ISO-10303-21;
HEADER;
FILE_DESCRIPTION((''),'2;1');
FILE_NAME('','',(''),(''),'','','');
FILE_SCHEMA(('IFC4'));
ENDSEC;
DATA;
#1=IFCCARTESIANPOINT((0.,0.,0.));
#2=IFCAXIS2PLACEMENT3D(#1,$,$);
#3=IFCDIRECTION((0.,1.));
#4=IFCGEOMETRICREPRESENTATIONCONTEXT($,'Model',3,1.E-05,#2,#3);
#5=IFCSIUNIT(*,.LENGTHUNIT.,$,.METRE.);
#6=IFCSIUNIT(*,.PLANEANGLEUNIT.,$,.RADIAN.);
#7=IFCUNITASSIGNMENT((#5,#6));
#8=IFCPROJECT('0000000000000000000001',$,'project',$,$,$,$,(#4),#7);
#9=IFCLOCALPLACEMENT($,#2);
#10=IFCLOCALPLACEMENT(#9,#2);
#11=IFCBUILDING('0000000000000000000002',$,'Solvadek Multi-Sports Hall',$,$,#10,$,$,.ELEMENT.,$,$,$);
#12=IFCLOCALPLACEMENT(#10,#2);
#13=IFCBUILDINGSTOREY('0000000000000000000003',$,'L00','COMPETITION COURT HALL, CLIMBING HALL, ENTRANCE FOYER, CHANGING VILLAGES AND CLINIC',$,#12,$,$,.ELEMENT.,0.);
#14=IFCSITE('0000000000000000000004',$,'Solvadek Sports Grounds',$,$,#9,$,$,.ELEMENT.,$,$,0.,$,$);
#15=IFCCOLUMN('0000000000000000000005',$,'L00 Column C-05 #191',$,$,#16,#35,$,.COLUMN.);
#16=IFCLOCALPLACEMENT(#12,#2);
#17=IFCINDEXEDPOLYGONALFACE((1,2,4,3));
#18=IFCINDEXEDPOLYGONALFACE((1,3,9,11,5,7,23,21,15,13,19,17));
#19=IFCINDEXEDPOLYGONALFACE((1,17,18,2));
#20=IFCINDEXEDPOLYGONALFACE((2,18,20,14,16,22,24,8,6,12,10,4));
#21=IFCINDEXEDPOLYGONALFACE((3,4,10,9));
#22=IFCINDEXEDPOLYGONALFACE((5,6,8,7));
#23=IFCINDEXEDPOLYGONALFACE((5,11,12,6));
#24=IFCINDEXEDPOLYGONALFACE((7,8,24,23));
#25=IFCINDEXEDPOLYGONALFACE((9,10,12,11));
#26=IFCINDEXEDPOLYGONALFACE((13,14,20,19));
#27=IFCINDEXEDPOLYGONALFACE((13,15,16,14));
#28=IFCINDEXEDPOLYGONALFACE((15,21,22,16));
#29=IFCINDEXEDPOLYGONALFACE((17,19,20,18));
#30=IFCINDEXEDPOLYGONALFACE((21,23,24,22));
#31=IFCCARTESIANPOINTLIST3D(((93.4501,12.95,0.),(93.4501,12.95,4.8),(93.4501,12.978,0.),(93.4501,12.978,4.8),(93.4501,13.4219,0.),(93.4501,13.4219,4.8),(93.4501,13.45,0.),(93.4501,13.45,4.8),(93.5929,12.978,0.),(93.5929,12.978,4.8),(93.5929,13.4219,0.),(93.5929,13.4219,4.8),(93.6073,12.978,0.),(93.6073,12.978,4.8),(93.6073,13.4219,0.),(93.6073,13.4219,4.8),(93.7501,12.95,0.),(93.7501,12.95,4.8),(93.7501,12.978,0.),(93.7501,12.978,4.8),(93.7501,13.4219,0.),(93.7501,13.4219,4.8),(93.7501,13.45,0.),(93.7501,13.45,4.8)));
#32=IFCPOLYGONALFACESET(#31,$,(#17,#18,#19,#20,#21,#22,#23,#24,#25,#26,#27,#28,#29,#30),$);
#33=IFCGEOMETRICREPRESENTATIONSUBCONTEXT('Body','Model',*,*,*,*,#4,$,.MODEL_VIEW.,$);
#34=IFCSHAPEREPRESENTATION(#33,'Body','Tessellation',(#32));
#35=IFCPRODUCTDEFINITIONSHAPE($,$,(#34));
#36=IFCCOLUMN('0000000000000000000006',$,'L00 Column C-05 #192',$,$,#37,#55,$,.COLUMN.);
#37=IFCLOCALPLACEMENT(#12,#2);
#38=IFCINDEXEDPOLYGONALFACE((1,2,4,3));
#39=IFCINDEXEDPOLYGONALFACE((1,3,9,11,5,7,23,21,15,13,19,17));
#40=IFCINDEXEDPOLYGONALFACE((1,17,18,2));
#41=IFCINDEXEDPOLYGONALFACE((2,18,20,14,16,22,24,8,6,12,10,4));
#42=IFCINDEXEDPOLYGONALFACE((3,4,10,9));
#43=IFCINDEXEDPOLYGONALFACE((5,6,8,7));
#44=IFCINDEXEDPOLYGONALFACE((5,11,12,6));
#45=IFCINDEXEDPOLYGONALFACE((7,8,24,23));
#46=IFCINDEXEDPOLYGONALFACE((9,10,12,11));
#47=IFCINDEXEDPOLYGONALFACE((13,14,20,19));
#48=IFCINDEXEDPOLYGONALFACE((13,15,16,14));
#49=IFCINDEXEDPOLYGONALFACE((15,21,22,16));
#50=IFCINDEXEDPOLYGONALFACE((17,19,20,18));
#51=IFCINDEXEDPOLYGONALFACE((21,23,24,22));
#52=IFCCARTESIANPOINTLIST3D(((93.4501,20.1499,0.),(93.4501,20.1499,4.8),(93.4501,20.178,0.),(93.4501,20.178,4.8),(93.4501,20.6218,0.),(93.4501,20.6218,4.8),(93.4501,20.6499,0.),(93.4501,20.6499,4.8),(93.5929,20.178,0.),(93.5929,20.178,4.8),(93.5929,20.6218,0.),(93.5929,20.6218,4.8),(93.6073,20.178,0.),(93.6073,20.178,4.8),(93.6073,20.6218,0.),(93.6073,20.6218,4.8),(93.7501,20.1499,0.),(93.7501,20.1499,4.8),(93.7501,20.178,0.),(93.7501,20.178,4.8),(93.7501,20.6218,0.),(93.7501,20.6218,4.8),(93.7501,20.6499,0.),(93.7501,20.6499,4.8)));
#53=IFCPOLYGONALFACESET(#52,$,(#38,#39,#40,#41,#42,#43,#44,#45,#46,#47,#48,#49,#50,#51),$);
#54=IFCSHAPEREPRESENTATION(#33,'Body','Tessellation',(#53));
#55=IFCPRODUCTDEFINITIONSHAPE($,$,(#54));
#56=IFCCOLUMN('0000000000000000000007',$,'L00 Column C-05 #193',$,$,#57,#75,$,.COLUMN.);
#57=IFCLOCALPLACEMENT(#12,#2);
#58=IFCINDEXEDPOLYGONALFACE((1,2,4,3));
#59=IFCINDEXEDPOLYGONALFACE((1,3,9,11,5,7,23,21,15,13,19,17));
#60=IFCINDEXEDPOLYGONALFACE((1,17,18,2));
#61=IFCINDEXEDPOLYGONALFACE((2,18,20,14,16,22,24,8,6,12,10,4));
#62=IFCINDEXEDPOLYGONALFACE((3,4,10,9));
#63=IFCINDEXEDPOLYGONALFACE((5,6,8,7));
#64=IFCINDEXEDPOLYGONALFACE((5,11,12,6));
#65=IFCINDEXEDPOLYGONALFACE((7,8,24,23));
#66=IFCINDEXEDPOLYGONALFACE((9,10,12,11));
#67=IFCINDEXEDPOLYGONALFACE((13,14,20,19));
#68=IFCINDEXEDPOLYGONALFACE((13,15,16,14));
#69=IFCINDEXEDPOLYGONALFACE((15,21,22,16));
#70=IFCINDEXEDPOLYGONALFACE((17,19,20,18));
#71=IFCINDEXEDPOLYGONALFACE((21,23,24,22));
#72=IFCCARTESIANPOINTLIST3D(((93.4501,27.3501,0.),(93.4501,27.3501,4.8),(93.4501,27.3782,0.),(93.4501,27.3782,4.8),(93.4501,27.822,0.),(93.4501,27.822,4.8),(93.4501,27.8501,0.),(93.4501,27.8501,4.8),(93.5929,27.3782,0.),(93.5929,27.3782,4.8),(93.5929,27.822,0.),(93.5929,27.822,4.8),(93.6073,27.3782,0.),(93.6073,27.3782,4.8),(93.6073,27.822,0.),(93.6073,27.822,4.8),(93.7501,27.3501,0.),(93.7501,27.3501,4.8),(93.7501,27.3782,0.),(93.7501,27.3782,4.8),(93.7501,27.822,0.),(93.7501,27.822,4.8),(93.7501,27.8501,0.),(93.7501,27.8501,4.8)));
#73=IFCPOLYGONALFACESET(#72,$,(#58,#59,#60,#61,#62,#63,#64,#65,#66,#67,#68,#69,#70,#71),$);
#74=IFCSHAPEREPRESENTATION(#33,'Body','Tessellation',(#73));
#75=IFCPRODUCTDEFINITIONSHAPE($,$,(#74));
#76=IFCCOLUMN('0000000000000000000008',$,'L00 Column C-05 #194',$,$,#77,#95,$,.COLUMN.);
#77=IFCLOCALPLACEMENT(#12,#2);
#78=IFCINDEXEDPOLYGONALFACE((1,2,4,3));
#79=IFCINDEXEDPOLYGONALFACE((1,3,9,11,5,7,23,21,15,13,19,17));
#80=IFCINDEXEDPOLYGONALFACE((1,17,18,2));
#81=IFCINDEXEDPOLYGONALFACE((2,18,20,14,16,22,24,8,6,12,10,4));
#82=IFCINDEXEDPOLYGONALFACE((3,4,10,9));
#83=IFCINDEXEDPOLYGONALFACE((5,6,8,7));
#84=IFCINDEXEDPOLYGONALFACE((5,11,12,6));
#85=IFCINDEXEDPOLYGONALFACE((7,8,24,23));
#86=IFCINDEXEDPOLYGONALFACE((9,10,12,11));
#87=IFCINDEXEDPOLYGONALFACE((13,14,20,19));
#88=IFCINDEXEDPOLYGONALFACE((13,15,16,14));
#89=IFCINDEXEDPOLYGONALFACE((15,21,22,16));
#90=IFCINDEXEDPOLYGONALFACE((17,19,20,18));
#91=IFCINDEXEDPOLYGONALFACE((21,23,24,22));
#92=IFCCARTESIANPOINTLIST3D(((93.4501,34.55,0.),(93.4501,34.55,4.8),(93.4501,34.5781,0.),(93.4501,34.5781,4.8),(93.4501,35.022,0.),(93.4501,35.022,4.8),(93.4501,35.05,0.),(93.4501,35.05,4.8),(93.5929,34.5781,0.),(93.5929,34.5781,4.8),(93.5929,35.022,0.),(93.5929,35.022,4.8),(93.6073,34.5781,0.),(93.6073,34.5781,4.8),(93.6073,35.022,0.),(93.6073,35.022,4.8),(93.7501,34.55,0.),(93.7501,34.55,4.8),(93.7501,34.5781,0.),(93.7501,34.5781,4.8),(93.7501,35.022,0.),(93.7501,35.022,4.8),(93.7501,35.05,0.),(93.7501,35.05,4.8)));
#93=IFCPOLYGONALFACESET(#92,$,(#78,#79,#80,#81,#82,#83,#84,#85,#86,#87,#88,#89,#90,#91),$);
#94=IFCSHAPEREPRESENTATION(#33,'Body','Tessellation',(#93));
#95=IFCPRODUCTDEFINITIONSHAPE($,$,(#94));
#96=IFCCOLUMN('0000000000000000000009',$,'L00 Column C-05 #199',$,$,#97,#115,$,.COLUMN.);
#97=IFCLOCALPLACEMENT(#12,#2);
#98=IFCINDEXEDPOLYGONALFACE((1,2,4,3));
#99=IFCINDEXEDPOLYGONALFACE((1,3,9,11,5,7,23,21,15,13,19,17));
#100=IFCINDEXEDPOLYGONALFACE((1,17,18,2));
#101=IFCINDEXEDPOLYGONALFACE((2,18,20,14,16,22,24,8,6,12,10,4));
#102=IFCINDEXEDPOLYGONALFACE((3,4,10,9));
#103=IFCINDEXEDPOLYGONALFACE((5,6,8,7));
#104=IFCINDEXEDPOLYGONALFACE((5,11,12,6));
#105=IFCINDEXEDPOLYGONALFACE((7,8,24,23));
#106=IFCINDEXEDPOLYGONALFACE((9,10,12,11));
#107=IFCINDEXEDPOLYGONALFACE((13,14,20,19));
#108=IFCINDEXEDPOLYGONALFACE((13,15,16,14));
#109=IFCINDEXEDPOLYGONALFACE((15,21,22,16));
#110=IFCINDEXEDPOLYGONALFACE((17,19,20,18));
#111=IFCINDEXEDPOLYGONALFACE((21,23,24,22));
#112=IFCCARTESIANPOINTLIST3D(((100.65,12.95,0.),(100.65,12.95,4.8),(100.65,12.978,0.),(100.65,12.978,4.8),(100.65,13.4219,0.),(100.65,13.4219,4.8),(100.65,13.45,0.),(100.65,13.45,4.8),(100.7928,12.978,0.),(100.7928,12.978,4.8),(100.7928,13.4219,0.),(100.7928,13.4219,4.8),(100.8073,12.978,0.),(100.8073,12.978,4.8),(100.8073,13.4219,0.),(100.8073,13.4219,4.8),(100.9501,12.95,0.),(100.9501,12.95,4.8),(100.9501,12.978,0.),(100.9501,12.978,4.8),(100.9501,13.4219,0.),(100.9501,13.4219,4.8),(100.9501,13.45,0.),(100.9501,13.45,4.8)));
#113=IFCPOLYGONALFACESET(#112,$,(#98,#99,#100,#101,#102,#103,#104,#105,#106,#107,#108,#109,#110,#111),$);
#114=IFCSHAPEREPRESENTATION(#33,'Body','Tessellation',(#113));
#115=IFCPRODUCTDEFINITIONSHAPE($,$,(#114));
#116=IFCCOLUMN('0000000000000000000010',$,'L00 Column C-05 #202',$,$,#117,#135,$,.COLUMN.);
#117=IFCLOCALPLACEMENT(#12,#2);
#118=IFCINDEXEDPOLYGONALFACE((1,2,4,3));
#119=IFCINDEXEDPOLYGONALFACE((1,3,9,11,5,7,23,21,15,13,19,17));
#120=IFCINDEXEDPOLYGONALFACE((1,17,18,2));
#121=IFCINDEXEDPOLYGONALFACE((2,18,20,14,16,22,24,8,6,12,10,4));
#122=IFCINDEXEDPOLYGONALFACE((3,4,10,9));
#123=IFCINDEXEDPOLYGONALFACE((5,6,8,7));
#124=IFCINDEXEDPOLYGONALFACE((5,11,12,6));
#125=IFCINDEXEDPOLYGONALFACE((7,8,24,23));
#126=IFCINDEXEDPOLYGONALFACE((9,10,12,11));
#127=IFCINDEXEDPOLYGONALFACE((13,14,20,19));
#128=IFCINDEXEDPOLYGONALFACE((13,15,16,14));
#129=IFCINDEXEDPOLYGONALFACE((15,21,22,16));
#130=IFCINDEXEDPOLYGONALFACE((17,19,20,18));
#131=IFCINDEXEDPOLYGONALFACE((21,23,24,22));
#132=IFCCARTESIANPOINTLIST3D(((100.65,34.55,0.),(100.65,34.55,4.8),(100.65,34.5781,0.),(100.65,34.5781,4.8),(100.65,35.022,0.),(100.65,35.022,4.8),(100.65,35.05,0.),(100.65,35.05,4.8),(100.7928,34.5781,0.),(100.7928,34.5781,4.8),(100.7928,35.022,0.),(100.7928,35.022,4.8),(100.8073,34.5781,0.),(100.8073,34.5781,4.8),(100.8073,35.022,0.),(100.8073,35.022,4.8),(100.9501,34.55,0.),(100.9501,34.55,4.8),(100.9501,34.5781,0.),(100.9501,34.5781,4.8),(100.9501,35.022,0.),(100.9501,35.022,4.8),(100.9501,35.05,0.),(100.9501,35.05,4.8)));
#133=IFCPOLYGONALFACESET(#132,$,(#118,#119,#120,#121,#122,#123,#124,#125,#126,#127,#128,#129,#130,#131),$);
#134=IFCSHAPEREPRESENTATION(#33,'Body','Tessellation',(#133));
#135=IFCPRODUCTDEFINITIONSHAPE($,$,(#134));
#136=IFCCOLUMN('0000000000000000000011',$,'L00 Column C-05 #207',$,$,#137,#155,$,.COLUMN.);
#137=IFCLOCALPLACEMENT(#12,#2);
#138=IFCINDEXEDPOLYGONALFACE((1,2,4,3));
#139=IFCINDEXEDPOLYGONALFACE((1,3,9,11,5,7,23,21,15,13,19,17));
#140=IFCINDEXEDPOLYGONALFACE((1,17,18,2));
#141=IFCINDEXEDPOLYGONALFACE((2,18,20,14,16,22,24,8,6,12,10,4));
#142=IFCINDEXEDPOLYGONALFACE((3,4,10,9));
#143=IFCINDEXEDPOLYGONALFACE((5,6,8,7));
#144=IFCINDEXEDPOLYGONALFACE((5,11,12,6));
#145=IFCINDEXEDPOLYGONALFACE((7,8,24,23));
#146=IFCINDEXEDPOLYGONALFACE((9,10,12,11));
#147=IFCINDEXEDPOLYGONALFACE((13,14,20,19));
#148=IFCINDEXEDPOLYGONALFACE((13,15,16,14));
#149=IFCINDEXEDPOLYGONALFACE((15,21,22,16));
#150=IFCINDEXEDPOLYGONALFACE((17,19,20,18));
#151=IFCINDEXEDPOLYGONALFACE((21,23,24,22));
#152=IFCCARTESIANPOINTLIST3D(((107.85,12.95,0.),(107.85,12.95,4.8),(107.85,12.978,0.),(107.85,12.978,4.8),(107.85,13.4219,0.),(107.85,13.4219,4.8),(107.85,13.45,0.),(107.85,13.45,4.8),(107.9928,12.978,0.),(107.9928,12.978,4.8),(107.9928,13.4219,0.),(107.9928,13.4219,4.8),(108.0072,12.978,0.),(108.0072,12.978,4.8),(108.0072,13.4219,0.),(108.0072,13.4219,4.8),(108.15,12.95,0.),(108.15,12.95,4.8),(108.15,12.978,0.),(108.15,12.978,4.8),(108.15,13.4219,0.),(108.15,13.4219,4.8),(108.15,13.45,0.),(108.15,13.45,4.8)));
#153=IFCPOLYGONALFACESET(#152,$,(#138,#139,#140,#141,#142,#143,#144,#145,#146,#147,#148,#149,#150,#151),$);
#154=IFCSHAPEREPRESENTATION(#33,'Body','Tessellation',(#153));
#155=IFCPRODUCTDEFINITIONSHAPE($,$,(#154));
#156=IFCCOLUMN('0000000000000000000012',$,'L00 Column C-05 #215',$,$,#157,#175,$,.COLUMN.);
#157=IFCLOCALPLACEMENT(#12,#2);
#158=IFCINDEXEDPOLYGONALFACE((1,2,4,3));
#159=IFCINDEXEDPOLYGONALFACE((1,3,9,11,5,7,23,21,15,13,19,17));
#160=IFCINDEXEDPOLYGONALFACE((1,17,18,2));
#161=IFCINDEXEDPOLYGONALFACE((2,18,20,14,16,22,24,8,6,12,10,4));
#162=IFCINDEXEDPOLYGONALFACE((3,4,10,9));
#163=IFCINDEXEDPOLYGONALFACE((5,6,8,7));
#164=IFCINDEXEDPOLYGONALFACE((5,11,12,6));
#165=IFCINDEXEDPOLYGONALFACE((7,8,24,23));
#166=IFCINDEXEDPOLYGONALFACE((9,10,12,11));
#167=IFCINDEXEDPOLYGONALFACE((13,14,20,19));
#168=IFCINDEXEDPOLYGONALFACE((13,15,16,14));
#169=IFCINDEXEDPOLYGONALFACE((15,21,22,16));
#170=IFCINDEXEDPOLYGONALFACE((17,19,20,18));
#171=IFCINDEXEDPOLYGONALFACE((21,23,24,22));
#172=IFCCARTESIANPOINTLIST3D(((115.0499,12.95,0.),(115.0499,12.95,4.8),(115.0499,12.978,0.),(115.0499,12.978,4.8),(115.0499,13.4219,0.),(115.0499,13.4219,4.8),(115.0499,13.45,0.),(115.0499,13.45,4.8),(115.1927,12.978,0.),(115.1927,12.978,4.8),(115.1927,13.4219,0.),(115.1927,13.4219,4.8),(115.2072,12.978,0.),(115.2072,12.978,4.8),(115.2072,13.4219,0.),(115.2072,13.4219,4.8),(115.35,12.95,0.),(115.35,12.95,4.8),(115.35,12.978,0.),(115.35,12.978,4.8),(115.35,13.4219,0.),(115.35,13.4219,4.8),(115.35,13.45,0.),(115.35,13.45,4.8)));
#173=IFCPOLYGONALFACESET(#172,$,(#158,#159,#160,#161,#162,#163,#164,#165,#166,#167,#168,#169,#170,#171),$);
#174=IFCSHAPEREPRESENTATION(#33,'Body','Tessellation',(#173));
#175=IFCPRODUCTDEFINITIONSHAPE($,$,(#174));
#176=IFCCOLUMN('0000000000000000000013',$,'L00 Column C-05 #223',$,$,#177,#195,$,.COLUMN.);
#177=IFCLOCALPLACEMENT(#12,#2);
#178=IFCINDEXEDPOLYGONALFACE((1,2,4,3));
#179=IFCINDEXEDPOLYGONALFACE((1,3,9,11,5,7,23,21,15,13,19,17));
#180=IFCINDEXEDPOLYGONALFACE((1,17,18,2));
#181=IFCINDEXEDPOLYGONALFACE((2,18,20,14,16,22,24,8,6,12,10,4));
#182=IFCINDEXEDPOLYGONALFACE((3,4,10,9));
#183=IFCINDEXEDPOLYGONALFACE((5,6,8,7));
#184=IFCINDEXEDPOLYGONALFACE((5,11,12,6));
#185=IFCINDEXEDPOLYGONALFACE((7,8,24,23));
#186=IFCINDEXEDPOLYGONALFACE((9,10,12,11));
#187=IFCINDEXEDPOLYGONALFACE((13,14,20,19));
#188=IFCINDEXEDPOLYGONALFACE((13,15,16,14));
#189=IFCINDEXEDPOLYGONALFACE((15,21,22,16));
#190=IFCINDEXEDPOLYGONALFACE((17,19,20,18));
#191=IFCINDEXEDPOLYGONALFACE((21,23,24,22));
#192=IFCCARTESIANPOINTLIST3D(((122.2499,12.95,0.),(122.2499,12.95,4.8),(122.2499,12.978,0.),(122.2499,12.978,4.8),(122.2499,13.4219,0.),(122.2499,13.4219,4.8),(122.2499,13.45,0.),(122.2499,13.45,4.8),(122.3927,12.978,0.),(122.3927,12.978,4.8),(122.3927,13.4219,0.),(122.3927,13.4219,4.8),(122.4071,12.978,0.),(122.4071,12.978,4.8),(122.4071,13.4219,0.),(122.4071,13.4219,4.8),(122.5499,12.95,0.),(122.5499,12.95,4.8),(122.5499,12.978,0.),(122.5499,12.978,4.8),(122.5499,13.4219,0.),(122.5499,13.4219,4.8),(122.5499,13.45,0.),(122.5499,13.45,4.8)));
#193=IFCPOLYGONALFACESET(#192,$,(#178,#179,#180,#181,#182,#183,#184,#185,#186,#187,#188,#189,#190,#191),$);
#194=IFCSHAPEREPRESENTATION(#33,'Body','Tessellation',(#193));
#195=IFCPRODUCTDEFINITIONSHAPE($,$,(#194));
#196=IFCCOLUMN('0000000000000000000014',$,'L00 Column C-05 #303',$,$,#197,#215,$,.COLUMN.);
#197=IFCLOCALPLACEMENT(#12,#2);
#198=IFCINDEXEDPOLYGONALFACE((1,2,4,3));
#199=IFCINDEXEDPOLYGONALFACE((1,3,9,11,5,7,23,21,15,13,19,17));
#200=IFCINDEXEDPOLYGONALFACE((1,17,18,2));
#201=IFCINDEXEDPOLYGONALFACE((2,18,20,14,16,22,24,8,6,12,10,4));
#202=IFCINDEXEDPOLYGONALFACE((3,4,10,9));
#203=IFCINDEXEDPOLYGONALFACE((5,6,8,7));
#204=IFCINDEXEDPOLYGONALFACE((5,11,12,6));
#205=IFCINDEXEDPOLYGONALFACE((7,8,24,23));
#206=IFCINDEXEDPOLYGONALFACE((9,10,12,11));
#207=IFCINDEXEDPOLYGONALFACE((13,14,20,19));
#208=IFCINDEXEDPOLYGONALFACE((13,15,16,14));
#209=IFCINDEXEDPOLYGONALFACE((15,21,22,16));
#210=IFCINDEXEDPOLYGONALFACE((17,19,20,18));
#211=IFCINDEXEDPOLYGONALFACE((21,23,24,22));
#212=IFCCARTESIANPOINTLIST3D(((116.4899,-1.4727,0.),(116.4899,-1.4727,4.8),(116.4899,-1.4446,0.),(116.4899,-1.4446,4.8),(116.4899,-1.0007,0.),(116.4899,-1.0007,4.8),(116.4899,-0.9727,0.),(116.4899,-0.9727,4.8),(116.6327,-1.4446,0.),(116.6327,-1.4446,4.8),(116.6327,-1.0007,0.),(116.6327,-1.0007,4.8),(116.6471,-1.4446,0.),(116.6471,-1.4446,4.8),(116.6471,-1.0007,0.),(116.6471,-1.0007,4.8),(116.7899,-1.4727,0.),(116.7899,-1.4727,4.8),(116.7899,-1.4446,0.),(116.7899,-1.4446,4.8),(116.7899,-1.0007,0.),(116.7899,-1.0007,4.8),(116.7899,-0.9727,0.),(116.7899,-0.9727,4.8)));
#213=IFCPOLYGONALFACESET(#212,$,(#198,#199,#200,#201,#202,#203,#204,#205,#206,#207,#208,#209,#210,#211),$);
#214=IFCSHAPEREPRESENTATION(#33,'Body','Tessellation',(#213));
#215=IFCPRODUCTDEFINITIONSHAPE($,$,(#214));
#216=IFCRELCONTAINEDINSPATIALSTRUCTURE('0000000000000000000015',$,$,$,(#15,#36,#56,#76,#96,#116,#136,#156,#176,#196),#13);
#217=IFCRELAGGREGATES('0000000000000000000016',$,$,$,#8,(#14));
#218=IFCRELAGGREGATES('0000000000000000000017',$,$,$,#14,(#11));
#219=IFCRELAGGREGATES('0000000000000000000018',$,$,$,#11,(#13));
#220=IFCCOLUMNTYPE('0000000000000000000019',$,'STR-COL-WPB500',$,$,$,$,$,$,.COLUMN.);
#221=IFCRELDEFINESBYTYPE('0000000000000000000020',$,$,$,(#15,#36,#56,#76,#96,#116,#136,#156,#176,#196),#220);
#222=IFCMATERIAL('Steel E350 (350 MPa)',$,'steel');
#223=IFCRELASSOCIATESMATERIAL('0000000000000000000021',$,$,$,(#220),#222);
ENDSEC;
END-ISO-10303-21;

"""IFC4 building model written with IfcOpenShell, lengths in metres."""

from ifc_helpers import new_model, si_unit, direction, frame, origin, origin_2d, place, context, subcontext, project, spatial, i_section, extrude, material, material_profile, profile_set, type_object, element, save


model = new_model("IFC4")

# Units and contexts
model_context = context("Model", 3, precision=1e-05, world=origin(), true_north=direction((0.0, 1.0)))
body_context = subcontext(model_context, "Body", "Model", "MODEL_VIEW")
ifc_project = project(units=[si_unit("LENGTHUNIT", "METRE"), si_unit("PLANEANGLEUNIT", "RADIAN")], contexts=[model_context])

# Site, building, storey
site_placement = place(None, origin())
site = spatial("IfcSite", under=ifc_project, at=site_placement, Name="Solvadek Sports Grounds", CompositionType="ELEMENT", RefElevation=0.0)
building_placement = place(site_placement, origin())
building = spatial("IfcBuilding", under=site, at=building_placement, Name="Solvadek Multi-Sports Hall", CompositionType="ELEMENT")
storey_placement = place(building_placement, origin())
storey = spatial("IfcBuildingStorey", under=building, at=storey_placement, Name="L00", Description="COMPETITION COURT HALL, CLIMBING HALL, ENTRANCE FOYER, CHANGING VILLAGES AND CLINIC", CompositionType="ELEMENT", Elevation=0.0)

# Columns
ifc_material_1 = material(Name="Steel E350 (350 MPa)", Category="steel")
ifc_material_profile_1 = material_profile(ifc_material_1, i_section(OverallWidth=0.3, OverallDepth=0.5, WebThickness=0.0144, FlangeThickness=0.0281, at=origin_2d()), Name="WPB 500")
ifc_profile_set_1 = profile_set([ifc_material_profile_1], Name="Steel E350 (350 MPa)")
column_type_1 = type_object("IfcColumnType", Name="STR-COL-WPB500", PredefinedType="COLUMN", material=ifc_profile_set_1)
for number, where, z_axis, x_axis, name in (
    (1, (93.6001, 13.2, 0.0), (0.0, 0.0, 1.0), (1.0, 0.0, 0.0), "L00 Column C-05 #191"),
    (2, (93.6001, 20.3999, 0.0), (0.0, 0.0, 1.0), (1.0, 0.0, 0.0), "L00 Column C-05 #192"),
    (3, (93.6001, 27.6001, 0.0), (0.0, 0.0, 1.0), (1.0, 0.0, 0.0), "L00 Column C-05 #193"),
    (4, (93.6001, 34.8, 0.0), (0.0, 0.0, 1.0), (1.0, 0.0, 0.0), "L00 Column C-05 #194"),
    (5, (100.8, 13.2, 0.0), (0.0, 0.0, 1.0), (1.0, 0.0, 0.0), "L00 Column C-05 #199"),
    (6, (100.8, 34.8, 0.0), (0.0, 0.0, 1.0), (1.0, 0.0, 0.0), "L00 Column C-05 #202"),
    (7, (108.0, 13.2, 0.0), (0.0, 0.0, 1.0), (1.0, 0.0, 0.0), "L00 Column C-05 #207"),
    (8, (115.2, 13.2, 0.0), (0.0, 0.0, 1.0), (1.0, 0.0, 0.0), "L00 Column C-05 #215"),
    (9, (122.3999, 13.2, 0.0), (0.0, 0.0, 1.0), (1.0, 0.0, 0.0), "L00 Column C-05 #223"),
    (10, (116.6399, -1.2227, 0.0), (0.0, 0.0, 1.0), (1.0, 0.0, 0.0), "L00 Column C-05 #303"),
):
    element("IfcColumn", number, at=place(storey_placement, frame(where, z_axis=z_axis, x_axis=x_axis)), inside=storey, type_object=column_type_1, Name=name, PredefinedType="COLUMN", context=body_context, shape_type="SweptSolid", body=[
        extrude(i_section(OverallWidth=0.3, OverallDepth=0.5, WebThickness=0.0144, FlangeThickness=0.0281, at=origin_2d()), origin(), (0.0, 0.0, 1.0), 4.8),
    ])

save(model, "model.ifc")
